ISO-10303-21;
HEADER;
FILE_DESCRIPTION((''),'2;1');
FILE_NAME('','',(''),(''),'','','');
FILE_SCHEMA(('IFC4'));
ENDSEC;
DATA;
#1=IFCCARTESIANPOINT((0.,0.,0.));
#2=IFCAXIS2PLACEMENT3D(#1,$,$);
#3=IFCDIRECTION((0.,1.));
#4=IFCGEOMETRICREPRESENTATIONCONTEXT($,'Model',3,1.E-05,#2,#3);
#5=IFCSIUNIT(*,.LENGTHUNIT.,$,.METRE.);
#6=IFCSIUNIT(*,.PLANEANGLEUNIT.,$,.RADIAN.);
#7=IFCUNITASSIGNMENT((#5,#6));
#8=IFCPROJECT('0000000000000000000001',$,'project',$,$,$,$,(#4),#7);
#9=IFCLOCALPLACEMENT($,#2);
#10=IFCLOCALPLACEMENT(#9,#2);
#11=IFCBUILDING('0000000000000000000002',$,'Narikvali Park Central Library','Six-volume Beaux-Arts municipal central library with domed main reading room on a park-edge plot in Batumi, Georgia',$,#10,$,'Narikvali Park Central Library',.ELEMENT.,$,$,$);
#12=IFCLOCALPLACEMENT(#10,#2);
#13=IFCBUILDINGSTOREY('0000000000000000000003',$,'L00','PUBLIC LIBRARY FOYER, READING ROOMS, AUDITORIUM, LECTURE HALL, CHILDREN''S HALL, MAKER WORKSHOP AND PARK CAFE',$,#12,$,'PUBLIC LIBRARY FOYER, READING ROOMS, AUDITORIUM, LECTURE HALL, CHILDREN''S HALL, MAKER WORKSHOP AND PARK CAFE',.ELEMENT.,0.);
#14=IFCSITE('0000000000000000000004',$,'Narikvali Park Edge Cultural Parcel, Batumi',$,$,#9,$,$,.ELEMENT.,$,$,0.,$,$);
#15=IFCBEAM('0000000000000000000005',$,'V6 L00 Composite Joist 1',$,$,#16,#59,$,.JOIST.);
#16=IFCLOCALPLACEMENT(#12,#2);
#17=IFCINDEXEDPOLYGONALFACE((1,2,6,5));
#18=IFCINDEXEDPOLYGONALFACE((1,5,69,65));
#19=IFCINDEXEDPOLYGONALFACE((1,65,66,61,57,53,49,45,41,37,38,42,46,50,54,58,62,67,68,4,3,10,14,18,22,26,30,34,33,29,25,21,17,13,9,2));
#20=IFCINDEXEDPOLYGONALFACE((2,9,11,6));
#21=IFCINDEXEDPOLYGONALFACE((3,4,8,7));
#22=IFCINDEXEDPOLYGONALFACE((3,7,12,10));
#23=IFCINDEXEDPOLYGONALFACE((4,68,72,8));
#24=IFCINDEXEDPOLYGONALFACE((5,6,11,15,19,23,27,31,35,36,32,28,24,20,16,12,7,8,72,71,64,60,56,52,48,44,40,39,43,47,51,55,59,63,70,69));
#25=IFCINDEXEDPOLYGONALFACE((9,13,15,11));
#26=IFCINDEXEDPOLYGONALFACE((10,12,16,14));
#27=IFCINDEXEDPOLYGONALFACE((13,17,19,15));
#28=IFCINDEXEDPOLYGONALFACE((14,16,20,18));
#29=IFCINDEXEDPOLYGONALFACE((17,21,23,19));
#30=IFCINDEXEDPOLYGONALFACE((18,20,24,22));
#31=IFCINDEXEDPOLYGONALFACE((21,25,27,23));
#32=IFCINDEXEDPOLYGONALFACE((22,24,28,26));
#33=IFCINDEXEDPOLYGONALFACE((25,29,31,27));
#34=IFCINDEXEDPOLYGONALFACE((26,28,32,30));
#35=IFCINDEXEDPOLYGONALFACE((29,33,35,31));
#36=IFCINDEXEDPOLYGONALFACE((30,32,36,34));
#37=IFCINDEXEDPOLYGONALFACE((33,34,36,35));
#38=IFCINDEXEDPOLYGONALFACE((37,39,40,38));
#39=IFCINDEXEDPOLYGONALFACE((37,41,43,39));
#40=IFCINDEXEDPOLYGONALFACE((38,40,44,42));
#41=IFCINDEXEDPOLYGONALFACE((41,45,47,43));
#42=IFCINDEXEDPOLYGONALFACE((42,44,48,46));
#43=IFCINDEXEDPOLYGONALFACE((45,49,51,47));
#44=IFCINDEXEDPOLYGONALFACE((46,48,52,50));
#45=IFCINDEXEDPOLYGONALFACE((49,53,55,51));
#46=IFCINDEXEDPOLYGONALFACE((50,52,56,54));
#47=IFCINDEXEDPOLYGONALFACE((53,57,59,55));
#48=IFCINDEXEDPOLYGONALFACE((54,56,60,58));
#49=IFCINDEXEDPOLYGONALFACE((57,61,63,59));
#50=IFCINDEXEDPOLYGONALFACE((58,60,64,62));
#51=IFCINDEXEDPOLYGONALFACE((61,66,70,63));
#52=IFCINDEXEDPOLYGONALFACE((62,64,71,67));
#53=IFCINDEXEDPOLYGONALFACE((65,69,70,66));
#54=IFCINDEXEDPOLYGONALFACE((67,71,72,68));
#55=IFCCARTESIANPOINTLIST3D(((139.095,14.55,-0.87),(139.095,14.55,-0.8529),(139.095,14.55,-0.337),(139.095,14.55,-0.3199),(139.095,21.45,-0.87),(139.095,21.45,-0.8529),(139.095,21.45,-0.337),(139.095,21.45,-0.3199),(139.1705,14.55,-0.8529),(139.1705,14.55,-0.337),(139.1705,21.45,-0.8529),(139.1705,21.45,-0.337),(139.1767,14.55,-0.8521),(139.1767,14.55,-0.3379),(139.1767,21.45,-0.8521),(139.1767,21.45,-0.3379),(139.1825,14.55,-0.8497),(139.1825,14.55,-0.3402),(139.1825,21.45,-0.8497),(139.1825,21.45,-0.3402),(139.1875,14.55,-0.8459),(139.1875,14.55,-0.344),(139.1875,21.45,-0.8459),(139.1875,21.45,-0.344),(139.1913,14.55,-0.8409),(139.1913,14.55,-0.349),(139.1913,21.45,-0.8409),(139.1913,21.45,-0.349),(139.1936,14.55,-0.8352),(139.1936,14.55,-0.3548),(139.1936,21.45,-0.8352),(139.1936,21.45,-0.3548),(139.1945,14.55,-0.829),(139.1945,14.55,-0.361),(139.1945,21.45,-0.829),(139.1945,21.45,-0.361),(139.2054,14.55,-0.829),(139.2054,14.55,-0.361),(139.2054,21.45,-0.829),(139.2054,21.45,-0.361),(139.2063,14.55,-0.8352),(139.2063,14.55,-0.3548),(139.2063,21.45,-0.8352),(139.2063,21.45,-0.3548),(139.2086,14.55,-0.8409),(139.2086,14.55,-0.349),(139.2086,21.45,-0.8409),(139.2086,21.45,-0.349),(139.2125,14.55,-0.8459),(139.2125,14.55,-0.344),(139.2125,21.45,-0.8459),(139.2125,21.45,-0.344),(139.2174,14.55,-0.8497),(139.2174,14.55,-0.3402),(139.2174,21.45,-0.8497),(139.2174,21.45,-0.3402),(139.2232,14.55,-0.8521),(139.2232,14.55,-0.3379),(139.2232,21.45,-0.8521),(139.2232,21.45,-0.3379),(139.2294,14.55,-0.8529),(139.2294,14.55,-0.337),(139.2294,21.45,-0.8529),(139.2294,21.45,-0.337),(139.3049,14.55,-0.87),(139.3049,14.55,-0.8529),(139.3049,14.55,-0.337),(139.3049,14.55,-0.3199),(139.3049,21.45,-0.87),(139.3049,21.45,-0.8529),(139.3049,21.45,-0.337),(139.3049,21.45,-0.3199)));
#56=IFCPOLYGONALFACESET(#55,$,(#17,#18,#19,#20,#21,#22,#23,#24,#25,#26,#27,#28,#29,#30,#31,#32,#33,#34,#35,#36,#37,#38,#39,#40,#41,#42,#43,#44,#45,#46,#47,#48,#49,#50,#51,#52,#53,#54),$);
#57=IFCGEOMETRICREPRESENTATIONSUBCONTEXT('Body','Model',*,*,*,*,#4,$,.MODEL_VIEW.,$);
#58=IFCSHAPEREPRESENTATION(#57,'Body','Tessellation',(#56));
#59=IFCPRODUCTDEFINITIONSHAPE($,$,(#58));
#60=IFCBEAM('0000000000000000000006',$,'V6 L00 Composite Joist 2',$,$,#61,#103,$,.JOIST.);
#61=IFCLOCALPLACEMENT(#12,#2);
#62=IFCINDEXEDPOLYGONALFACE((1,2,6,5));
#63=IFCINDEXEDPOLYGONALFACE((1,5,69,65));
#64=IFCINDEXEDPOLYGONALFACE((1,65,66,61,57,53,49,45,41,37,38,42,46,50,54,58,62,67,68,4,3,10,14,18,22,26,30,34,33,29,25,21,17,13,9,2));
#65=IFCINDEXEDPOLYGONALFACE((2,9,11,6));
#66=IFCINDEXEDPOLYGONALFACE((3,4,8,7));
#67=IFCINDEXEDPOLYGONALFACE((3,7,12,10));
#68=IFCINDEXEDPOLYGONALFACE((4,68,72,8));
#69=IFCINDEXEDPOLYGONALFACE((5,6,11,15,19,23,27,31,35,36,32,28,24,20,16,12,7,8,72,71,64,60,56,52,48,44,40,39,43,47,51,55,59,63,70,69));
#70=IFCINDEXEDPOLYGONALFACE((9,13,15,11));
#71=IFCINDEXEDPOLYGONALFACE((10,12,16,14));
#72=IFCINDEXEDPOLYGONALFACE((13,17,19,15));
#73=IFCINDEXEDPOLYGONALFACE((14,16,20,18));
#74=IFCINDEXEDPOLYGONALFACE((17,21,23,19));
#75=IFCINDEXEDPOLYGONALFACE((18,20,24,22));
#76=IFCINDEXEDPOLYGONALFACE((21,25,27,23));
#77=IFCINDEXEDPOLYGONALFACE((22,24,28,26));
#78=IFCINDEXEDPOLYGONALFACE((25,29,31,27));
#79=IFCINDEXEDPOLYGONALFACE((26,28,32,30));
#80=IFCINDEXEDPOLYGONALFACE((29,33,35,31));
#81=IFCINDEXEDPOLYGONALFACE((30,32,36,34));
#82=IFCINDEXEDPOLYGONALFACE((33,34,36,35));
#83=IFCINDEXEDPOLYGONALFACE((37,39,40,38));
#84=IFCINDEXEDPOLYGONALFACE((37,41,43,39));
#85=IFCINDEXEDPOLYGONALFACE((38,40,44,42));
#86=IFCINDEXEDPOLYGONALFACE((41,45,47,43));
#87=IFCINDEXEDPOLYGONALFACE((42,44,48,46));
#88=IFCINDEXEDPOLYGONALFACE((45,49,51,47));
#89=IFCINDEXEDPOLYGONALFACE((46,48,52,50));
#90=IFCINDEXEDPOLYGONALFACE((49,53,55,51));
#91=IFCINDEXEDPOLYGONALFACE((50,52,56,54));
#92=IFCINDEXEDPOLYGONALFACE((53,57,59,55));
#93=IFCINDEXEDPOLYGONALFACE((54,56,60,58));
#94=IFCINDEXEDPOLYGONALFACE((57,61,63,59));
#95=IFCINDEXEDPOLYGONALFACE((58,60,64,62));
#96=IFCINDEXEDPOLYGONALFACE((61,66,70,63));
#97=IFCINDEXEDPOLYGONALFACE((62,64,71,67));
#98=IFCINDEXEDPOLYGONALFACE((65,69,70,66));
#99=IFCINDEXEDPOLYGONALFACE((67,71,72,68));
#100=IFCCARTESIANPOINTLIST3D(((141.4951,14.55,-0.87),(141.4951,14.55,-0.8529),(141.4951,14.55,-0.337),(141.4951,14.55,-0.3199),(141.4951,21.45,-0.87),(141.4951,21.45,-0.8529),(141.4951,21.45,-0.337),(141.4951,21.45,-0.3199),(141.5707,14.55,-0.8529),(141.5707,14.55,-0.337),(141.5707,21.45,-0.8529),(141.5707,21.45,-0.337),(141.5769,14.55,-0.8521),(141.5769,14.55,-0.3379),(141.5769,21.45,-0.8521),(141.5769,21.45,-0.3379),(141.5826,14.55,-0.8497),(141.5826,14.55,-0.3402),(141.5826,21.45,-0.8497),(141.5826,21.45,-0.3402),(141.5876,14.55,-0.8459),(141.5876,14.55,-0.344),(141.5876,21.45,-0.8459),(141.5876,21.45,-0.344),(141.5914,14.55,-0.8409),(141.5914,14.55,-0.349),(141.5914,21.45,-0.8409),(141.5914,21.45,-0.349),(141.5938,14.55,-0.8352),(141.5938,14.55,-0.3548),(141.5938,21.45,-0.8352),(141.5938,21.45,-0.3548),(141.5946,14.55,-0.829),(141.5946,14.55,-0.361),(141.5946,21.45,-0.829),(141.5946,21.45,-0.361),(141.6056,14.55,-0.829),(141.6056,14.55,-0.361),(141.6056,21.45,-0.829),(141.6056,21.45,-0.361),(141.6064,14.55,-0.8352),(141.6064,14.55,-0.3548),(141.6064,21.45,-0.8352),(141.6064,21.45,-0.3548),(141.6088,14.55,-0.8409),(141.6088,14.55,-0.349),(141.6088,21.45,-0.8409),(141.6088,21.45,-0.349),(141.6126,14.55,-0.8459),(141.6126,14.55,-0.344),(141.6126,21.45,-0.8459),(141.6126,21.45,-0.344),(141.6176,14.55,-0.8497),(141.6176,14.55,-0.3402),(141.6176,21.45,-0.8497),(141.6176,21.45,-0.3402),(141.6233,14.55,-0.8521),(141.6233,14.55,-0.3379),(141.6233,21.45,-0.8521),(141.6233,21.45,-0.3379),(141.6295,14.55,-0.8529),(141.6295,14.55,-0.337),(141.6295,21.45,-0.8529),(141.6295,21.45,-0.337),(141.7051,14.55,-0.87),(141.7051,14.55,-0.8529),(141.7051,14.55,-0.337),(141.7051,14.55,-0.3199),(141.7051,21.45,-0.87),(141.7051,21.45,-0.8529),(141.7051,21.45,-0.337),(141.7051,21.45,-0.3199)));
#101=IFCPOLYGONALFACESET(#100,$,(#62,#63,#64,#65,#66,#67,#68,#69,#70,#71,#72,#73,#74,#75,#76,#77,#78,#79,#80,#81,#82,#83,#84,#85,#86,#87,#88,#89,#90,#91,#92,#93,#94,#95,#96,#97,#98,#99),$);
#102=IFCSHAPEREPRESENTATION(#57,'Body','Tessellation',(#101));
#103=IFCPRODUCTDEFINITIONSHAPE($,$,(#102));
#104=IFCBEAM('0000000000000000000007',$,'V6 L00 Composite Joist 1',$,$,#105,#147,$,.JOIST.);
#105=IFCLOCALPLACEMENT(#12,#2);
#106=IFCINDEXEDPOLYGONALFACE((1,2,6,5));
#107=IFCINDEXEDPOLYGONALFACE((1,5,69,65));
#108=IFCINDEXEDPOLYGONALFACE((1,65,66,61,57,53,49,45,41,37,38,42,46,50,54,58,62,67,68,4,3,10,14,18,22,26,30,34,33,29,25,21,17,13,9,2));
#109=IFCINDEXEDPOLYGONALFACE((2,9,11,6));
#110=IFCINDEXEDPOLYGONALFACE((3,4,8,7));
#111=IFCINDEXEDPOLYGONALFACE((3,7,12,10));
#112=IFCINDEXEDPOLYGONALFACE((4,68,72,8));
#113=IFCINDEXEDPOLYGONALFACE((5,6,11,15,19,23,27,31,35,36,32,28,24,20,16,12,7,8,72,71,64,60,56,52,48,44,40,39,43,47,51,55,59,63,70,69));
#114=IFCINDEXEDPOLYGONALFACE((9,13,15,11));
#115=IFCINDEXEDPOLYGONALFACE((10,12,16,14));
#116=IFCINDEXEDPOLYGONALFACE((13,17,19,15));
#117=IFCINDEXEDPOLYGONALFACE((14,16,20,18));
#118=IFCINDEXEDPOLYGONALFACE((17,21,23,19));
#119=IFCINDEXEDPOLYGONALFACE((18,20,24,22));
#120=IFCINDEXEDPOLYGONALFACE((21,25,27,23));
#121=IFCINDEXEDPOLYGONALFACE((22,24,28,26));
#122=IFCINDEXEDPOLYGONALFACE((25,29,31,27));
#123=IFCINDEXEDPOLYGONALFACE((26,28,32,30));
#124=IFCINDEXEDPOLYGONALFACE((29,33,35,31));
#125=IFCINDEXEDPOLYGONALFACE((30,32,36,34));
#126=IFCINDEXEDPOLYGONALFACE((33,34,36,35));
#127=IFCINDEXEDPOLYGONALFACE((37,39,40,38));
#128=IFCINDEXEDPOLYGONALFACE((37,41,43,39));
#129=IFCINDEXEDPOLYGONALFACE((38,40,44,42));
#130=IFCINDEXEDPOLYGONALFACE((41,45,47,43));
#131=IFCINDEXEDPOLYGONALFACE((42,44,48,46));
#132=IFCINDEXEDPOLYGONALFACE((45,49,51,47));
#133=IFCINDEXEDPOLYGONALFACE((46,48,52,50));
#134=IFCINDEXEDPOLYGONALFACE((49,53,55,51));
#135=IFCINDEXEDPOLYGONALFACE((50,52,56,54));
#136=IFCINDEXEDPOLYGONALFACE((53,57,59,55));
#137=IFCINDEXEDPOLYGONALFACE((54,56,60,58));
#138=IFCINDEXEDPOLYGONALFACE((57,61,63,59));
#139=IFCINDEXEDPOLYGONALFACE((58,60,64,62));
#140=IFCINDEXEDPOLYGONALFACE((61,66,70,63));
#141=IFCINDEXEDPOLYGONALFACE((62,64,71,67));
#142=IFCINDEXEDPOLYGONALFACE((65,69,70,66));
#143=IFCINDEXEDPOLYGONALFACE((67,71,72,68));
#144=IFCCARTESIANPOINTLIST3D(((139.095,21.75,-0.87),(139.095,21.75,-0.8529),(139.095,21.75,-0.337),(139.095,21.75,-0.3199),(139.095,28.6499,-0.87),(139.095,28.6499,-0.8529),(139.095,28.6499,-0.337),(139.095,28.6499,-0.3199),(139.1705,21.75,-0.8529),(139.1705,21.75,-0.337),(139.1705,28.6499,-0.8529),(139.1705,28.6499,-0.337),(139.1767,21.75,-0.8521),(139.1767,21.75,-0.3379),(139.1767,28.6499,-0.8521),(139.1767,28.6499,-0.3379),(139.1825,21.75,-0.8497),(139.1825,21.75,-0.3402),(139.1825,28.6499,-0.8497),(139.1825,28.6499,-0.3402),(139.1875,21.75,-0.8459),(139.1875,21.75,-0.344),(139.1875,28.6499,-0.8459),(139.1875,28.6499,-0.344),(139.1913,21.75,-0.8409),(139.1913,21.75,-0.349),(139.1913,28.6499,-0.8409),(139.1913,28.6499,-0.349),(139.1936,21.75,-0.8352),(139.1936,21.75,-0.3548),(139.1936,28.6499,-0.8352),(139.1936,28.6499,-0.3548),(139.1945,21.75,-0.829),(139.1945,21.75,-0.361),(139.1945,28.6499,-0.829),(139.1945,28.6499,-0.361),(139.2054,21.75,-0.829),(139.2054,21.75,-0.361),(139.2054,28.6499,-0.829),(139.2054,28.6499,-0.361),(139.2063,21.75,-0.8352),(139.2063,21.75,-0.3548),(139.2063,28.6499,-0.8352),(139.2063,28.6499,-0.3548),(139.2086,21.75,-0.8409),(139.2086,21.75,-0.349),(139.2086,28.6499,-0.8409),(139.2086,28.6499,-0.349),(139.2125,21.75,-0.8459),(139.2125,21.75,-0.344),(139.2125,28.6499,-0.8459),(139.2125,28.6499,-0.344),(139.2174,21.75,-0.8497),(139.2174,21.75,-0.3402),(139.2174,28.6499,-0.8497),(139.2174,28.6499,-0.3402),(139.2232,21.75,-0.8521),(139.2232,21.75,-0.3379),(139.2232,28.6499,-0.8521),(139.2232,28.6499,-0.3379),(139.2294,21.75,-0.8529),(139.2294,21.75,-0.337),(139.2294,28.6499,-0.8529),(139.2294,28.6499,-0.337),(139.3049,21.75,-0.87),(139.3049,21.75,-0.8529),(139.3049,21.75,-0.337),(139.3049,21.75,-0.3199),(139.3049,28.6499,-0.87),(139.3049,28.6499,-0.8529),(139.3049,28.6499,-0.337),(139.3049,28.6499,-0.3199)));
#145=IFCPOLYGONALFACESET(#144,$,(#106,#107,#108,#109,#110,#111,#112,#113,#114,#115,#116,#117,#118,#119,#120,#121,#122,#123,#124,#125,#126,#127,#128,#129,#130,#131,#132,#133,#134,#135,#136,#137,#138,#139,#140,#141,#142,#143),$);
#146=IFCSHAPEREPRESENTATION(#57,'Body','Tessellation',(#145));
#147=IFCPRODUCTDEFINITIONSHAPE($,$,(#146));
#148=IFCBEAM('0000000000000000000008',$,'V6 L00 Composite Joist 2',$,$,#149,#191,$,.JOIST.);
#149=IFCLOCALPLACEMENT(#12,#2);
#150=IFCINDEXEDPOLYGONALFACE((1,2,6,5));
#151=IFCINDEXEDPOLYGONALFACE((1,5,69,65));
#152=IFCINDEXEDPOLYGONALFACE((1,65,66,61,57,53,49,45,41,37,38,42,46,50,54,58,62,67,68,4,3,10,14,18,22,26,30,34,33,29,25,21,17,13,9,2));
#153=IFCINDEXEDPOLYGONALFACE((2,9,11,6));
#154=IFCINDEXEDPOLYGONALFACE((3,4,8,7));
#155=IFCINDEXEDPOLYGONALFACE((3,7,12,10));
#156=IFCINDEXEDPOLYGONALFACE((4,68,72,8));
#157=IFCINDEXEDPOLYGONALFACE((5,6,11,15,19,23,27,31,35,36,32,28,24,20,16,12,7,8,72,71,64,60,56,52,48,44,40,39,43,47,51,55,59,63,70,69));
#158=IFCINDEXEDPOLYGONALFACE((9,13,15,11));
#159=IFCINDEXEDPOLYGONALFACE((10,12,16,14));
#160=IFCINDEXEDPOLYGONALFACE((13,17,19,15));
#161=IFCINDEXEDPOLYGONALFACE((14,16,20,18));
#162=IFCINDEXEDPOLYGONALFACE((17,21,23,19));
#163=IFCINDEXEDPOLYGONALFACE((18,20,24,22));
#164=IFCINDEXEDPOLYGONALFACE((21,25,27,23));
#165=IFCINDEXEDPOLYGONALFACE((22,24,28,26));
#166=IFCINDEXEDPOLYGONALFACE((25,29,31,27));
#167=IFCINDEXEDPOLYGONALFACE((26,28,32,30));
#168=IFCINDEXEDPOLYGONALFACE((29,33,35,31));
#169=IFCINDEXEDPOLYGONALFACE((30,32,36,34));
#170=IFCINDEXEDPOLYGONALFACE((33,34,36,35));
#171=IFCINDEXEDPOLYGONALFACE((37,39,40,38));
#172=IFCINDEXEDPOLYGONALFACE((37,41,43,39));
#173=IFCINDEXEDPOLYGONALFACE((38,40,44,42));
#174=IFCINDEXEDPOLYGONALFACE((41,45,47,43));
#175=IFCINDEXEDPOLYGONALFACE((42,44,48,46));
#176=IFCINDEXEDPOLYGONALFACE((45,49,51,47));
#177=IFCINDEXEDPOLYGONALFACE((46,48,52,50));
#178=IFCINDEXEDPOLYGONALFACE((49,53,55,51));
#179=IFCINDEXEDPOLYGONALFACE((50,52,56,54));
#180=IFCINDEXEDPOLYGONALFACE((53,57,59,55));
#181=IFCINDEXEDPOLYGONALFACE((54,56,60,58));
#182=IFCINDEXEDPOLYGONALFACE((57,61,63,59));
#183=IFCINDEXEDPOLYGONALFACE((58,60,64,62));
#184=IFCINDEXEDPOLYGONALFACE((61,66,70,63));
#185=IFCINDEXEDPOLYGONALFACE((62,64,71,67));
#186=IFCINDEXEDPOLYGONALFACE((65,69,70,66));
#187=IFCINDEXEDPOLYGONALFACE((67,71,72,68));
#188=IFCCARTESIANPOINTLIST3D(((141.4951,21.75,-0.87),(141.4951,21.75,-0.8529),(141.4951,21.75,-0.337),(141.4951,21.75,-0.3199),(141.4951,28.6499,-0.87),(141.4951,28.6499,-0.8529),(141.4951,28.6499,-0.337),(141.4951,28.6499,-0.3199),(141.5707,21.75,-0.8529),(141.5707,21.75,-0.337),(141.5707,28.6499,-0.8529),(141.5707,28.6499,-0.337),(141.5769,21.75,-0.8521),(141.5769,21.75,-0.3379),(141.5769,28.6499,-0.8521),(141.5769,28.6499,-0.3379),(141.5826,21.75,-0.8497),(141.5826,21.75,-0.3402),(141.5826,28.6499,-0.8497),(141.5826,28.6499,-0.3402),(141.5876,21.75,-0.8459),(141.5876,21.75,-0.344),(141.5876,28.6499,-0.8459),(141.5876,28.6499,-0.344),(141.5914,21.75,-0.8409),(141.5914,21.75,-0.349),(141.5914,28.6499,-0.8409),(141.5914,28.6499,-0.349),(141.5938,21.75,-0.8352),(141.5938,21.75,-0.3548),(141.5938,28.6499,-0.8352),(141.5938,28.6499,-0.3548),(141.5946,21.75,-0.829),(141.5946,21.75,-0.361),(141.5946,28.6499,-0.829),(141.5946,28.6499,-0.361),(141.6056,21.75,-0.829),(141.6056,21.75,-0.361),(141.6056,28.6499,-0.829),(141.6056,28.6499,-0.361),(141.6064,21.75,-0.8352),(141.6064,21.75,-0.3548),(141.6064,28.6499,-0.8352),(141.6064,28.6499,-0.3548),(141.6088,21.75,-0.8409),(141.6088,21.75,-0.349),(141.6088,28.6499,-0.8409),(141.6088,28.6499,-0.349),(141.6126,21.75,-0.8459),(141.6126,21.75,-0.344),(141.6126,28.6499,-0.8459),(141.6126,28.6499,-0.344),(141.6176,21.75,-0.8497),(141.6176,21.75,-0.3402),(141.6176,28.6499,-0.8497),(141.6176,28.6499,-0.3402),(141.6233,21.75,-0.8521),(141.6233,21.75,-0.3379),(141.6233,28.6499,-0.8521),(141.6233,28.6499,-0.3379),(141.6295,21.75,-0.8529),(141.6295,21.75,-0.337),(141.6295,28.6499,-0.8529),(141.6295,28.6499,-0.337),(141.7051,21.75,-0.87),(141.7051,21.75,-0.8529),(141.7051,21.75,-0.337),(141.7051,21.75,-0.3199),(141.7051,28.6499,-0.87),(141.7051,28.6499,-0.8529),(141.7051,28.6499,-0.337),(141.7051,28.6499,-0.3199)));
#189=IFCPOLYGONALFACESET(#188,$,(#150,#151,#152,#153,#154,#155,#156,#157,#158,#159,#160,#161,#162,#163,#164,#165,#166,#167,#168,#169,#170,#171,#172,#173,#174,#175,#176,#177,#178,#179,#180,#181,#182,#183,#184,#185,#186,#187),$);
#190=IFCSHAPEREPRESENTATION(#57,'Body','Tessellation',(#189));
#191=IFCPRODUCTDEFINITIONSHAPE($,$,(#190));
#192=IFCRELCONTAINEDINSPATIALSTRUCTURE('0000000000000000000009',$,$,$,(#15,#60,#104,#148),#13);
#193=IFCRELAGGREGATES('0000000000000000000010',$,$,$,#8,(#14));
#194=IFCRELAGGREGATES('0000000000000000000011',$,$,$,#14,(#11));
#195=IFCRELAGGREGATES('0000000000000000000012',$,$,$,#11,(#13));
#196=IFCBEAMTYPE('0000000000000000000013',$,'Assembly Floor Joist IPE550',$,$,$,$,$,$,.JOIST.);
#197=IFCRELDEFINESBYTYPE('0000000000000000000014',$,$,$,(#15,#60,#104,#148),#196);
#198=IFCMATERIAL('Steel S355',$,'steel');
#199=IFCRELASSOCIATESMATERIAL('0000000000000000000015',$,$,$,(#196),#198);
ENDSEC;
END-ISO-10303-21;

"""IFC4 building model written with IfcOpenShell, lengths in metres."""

from ifc_helpers import new_model, si_unit, direction, frame, origin, origin_2d, place, context, subcontext, project, spatial, i_section, extrude, material, material_profile, profile_set, type_object, element, save


model = new_model("IFC4")

# Units and contexts
model_context = context("Model", 3, precision=1e-05, world=origin(), true_north=direction((0.0, 1.0)))
body_context = subcontext(model_context, "Body", "Model", "MODEL_VIEW")
ifc_project = project(units=[si_unit("LENGTHUNIT", "METRE"), si_unit("PLANEANGLEUNIT", "RADIAN")], contexts=[model_context])

# Site, building, storey
site_placement = place(None, origin())
site = spatial("IfcSite", under=ifc_project, at=site_placement, Name="Narikvali Park Edge Cultural Parcel, Batumi", CompositionType="ELEMENT", RefElevation=0.0)
building_placement = place(site_placement, origin())
building = spatial("IfcBuilding", under=site, at=building_placement, Name="Narikvali Park Central Library", Description="Six-volume Beaux-Arts municipal central library with domed main reading room on a park-edge plot in Batumi, Georgia", LongName="Narikvali Park Central Library", CompositionType="ELEMENT")
storey_placement = place(building_placement, origin())
storey = spatial("IfcBuildingStorey", under=building, at=storey_placement, Name="L00", Description="PUBLIC LIBRARY FOYER, READING ROOMS, AUDITORIUM, LECTURE HALL, CHILDREN'S HALL, MAKER WORKSHOP AND PARK CAFE", LongName="PUBLIC LIBRARY FOYER, READING ROOMS, AUDITORIUM, LECTURE HALL, CHILDREN'S HALL, MAKER WORKSHOP AND PARK CAFE", CompositionType="ELEMENT", Elevation=0.0)

# Shared definitions
ifc_material_1 = material(Name="Steel S355", Category="steel")

# Beams
ifc_material_profile_1 = material_profile(ifc_material_1, i_section(OverallWidth=0.21, OverallDepth=0.55, WebThickness=0.011, FlangeThickness=0.0171, FilletRadius=0.0239, at=origin_2d()), Name="IPE 550")
ifc_profile_set_1 = profile_set([ifc_material_profile_1], Name="Steel S355")
beam_type_1 = type_object("IfcBeamType", Name="Assembly Floor Joist IPE550", PredefinedType="JOIST", material=ifc_profile_set_1)
for number, where, z_axis, x_axis, name in (
    (1, (139.2, 14.55, -0.595), (0.0, 1.0, 0.0), (-1.0, 0.0, 0.0), "V6 L00 Composite Joist 1"),
    (2, (141.6001, 14.55, -0.595), (0.0, 1.0, 0.0), (-1.0, 0.0, 0.0), "V6 L00 Composite Joist 2"),
    (3, (139.2, 21.75, -0.595), (0.0, 1.0, 0.0), (-1.0, 0.0, 0.0), "V6 L00 Composite Joist 1"),
    (4, (141.6001, 21.75, -0.595), (0.0, 1.0, 0.0), (-1.0, 0.0, 0.0), "V6 L00 Composite Joist 2"),
):
    element("IfcBeam", number, at=place(storey_placement, frame(where, z_axis=z_axis, x_axis=x_axis)), inside=storey, type_object=beam_type_1, Name=name, PredefinedType="JOIST", context=body_context, shape_type="SweptSolid", body=[
        extrude(i_section(OverallWidth=0.21, OverallDepth=0.55, WebThickness=0.011, FlangeThickness=0.0171, FilletRadius=0.0239, at=origin_2d()), origin(), (0.0, 0.0, 1.0), 6.8999),
    ])

save(model, "model.ifc")
